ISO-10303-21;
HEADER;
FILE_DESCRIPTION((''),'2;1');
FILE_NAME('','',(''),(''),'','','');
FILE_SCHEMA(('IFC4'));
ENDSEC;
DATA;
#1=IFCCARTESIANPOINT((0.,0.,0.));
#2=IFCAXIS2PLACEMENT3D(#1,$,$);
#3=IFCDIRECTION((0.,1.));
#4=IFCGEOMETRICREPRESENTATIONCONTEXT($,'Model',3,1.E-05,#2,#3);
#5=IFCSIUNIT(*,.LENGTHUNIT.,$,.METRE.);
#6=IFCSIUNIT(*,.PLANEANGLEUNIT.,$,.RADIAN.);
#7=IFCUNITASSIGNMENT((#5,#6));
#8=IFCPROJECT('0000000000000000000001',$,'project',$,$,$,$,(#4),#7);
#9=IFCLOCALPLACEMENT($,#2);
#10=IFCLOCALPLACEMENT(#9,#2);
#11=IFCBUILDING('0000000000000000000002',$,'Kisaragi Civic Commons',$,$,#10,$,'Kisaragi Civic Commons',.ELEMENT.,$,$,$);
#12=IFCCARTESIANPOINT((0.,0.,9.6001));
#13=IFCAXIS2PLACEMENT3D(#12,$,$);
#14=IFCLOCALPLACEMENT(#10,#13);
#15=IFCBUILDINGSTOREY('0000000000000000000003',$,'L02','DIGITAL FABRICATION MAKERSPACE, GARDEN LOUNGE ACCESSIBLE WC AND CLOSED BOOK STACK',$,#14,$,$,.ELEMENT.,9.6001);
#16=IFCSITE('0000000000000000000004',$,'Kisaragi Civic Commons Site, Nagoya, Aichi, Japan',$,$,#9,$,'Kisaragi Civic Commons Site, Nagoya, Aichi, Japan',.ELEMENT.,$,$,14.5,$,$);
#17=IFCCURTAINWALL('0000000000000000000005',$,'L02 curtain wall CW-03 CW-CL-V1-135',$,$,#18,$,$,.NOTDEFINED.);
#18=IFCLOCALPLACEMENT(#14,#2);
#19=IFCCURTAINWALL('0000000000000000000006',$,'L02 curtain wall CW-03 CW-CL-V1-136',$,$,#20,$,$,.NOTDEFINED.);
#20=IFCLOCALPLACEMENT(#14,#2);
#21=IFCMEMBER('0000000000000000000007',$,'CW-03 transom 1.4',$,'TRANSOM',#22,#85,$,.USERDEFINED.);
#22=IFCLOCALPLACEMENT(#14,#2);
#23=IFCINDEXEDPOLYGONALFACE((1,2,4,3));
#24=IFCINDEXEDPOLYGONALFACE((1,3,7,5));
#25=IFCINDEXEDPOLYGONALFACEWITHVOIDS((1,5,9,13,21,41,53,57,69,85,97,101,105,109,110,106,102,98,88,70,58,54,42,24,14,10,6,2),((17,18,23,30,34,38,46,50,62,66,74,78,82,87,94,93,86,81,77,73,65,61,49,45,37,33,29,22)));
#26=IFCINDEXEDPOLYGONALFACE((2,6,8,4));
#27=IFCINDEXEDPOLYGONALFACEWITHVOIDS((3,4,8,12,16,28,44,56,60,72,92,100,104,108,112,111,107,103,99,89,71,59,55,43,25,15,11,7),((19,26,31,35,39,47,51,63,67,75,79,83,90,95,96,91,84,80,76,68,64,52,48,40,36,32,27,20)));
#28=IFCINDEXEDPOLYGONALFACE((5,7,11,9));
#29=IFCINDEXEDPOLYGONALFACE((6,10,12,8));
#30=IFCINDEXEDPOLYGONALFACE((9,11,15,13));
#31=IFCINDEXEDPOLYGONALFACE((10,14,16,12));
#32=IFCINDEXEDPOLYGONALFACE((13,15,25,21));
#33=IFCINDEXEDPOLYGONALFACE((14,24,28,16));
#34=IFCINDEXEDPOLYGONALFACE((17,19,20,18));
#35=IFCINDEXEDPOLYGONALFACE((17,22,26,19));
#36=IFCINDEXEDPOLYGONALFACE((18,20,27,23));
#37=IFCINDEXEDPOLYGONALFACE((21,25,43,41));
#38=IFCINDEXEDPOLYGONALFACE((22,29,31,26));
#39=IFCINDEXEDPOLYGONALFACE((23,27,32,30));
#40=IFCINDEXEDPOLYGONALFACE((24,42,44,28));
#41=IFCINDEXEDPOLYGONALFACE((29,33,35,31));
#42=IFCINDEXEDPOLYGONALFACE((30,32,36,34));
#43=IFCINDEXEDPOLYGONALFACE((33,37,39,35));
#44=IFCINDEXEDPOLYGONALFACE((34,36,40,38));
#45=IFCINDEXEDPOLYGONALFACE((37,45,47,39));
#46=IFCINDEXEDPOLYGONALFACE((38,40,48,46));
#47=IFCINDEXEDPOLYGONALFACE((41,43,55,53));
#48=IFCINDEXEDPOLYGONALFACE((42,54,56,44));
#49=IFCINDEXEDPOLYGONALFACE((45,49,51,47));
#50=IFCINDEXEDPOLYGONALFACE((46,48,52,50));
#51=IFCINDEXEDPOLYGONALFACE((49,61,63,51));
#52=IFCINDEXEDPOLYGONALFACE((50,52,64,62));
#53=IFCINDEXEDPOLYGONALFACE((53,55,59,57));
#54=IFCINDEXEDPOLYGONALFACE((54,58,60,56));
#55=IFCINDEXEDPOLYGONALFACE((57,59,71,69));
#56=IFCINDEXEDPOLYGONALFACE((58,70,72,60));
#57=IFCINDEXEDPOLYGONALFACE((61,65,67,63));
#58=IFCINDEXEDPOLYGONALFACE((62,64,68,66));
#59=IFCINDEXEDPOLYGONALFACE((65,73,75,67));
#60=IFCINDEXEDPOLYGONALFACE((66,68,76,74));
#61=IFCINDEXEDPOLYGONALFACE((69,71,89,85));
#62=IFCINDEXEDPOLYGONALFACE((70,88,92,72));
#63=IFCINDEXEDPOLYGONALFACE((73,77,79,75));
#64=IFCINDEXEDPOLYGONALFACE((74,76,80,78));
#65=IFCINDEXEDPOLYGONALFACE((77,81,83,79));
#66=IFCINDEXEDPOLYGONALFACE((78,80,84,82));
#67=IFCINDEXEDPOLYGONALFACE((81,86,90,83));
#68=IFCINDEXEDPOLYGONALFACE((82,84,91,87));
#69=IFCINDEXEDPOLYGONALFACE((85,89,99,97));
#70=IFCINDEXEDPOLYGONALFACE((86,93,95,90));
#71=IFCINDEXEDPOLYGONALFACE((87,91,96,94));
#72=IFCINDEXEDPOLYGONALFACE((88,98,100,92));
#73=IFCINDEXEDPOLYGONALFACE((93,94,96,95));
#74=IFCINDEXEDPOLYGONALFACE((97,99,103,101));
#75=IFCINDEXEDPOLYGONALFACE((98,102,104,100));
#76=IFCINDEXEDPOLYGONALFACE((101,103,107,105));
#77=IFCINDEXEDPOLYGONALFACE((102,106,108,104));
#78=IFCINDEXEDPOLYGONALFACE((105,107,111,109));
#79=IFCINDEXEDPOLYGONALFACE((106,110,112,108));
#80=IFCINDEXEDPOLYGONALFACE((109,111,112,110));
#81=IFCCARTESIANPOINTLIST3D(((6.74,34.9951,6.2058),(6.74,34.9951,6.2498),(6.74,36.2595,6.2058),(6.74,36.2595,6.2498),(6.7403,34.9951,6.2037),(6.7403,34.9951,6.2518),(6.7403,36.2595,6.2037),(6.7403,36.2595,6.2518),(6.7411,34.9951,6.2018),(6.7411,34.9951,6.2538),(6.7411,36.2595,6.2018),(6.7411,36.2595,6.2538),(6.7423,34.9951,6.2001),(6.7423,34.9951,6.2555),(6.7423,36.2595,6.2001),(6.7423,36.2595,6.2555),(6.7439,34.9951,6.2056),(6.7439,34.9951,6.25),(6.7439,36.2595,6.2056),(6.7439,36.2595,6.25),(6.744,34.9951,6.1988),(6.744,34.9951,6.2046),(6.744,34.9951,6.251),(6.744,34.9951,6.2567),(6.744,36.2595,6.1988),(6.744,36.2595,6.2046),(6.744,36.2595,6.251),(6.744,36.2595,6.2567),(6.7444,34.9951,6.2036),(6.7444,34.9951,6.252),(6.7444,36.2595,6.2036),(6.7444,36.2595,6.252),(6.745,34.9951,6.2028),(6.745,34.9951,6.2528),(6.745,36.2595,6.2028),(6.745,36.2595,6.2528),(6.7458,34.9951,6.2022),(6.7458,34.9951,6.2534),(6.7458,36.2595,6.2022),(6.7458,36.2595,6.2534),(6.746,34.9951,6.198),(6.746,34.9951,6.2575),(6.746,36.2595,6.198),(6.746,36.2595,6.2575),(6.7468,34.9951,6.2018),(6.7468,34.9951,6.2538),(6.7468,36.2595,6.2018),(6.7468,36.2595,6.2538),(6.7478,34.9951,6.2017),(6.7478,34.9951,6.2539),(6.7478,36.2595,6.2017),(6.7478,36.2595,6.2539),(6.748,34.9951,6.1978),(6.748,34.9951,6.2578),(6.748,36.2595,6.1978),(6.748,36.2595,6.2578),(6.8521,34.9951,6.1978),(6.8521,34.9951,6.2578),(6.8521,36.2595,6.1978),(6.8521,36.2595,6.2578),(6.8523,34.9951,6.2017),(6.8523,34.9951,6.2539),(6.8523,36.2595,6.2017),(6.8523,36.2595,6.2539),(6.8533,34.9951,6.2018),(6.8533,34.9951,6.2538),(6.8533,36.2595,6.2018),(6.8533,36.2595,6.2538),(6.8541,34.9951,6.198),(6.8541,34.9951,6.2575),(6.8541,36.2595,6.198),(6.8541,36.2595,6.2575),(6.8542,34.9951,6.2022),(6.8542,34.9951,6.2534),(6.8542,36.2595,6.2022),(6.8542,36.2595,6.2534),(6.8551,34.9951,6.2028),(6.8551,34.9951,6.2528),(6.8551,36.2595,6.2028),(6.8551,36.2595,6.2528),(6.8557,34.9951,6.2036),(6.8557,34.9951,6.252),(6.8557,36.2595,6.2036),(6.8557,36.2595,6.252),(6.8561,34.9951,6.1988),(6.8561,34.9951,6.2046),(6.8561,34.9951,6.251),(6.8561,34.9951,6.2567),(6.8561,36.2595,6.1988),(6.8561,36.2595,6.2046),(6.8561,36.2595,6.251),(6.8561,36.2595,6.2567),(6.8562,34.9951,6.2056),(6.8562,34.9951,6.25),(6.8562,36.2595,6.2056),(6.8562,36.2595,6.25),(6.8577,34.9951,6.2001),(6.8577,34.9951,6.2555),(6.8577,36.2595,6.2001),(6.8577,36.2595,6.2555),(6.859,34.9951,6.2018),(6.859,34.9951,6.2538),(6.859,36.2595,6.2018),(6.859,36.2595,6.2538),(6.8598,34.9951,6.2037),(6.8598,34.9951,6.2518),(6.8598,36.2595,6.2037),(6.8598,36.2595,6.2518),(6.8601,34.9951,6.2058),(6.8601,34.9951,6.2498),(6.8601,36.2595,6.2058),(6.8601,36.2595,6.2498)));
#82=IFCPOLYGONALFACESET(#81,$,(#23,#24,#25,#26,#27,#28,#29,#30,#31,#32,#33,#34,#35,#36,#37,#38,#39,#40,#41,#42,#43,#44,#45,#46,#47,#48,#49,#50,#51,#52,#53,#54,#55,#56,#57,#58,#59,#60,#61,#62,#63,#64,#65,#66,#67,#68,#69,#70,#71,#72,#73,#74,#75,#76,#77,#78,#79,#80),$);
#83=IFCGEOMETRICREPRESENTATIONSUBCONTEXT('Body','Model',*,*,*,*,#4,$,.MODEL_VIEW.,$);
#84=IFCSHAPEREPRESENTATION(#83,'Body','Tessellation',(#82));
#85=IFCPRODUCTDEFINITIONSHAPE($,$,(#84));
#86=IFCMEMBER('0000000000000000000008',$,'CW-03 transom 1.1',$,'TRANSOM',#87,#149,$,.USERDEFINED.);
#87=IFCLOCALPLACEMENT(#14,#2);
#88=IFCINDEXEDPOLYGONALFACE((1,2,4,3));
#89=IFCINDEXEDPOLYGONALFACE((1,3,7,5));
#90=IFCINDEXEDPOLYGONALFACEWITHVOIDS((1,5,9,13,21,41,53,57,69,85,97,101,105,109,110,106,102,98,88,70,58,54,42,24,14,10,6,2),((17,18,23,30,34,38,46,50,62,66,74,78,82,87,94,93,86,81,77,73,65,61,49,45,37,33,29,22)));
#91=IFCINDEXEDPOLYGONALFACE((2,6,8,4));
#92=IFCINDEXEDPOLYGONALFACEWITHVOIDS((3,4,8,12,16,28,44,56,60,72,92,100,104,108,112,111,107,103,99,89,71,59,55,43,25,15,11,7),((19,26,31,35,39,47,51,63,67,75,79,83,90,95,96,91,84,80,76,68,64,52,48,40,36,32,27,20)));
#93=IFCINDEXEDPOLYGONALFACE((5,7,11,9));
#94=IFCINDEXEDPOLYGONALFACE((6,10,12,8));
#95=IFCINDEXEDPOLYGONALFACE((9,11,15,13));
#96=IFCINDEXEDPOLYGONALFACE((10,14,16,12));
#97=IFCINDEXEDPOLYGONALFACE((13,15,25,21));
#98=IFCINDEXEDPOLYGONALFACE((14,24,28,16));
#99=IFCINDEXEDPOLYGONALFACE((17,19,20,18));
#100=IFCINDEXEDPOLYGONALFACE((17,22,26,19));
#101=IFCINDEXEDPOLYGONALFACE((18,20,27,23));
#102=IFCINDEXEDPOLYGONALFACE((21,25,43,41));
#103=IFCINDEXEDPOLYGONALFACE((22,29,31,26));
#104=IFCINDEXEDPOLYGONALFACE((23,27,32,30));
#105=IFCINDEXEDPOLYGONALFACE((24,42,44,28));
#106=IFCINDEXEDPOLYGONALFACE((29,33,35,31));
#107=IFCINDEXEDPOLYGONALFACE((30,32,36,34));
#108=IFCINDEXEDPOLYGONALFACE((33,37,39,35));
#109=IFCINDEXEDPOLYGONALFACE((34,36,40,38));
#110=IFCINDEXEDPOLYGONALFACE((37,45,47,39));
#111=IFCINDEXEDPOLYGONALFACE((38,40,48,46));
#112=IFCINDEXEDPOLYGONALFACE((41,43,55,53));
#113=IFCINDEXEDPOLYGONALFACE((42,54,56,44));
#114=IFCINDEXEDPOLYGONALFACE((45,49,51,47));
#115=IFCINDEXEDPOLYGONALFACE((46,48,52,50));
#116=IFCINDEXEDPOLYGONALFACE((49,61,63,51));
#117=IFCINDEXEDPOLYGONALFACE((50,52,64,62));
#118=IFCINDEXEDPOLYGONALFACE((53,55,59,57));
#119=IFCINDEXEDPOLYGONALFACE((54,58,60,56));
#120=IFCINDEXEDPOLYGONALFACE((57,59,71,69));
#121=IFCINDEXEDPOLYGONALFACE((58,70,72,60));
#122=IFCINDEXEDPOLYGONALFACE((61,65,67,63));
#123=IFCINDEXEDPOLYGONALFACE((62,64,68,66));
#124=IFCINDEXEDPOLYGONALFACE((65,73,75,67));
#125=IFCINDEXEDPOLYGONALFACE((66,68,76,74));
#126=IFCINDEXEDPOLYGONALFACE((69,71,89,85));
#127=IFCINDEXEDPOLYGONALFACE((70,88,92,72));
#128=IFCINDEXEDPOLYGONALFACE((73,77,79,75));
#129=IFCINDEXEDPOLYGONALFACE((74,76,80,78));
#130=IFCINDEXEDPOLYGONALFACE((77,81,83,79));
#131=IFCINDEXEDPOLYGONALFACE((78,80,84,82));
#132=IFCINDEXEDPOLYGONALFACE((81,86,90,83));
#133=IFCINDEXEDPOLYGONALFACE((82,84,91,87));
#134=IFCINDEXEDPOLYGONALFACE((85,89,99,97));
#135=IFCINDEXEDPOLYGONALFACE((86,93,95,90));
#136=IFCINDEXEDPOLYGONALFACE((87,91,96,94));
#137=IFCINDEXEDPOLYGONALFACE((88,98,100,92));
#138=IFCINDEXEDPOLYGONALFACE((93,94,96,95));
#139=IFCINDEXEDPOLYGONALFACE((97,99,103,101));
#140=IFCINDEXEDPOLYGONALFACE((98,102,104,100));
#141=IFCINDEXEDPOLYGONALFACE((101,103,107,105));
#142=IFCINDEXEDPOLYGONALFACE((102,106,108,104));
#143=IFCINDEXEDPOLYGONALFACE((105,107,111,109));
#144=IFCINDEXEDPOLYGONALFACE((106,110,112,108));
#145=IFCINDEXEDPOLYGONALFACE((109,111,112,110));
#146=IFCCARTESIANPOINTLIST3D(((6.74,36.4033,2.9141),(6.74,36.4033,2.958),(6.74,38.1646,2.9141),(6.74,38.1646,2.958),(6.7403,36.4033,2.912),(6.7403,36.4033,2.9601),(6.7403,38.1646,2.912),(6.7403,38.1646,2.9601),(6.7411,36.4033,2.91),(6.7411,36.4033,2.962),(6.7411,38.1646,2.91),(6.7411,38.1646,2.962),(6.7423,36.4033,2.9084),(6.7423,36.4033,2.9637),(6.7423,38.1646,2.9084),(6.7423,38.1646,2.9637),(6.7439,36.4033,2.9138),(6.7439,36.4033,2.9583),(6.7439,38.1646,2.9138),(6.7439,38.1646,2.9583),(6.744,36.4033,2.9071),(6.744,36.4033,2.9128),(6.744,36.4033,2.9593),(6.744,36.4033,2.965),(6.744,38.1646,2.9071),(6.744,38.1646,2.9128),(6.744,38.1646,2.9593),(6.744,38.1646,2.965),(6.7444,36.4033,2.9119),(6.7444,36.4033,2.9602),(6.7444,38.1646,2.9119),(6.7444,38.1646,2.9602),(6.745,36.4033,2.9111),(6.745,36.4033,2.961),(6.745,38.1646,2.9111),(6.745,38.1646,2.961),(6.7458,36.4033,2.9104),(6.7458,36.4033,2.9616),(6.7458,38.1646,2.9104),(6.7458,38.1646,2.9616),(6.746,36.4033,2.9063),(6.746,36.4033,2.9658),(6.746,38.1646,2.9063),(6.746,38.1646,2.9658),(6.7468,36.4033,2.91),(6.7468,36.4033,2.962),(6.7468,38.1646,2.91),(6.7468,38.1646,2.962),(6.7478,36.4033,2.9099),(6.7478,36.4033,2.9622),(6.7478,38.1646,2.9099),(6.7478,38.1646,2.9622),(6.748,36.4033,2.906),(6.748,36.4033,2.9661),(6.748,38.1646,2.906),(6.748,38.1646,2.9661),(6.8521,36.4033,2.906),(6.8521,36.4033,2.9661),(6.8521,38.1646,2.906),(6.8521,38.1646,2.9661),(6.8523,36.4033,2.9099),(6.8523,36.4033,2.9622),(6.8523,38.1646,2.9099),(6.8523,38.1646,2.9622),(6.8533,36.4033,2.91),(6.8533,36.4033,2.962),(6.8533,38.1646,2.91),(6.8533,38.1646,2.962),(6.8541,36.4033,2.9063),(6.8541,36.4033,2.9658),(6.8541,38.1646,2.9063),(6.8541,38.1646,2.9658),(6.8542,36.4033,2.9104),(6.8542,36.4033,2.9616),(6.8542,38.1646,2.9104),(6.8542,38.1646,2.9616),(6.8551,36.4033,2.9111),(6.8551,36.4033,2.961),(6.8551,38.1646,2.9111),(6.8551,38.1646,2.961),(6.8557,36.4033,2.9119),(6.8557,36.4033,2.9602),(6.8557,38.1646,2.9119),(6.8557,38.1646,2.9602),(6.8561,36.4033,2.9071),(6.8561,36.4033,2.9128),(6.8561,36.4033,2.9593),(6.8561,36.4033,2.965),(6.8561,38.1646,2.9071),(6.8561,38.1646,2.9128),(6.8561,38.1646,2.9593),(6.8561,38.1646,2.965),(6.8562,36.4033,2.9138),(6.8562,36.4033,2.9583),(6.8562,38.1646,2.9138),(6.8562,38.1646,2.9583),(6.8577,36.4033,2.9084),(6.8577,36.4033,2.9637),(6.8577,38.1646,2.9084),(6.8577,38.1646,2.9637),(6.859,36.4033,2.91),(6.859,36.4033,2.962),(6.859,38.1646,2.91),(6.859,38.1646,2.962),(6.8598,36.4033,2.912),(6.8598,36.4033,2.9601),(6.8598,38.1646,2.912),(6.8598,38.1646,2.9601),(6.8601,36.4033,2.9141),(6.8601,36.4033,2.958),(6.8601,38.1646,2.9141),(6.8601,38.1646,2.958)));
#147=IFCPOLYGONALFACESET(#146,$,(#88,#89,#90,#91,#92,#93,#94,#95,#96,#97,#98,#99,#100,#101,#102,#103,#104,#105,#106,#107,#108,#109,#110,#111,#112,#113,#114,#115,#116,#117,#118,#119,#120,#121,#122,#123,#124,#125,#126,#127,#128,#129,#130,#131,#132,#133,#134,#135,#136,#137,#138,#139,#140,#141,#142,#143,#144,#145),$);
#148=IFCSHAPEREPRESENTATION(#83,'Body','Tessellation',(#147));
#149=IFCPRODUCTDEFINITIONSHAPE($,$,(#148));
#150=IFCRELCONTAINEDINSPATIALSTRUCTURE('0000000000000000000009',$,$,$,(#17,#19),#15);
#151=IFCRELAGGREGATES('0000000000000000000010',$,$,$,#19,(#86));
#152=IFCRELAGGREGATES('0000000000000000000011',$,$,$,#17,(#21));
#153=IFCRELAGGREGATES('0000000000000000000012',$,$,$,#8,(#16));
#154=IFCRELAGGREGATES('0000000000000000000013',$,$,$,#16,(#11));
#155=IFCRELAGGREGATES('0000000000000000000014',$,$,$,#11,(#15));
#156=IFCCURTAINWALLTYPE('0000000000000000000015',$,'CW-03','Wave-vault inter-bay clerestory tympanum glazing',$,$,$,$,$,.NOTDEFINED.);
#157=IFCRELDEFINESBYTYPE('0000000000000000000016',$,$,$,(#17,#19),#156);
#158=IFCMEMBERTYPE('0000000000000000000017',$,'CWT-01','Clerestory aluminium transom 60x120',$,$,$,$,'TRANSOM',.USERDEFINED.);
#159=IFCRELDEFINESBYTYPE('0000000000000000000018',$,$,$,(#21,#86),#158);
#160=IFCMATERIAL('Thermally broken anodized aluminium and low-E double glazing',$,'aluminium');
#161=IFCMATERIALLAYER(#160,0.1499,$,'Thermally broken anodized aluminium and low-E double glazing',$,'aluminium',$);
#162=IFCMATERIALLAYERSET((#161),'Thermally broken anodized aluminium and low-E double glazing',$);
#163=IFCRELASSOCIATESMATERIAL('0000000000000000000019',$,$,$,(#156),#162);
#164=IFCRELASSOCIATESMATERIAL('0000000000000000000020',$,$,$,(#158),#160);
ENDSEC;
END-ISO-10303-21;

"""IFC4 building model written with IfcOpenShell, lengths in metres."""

from ifc_helpers import new_model, si_unit, direction, frame, origin, origin_2d, place, context, subcontext, project, spatial, hollow_rectangle, extrude, material, layer, layer_set, material_profile, profile_set, type_object, element, aggregate, save


model = new_model("IFC4")

# Units and contexts
model_context = context("Model", 3, precision=1e-05, world=origin(), true_north=direction((0.0, 1.0)))
body_context = subcontext(model_context, "Body", "Model", "MODEL_VIEW")
ifc_project = project(units=[si_unit("LENGTHUNIT", "METRE"), si_unit("PLANEANGLEUNIT", "RADIAN")], contexts=[model_context])

# Site, building, storey
site_placement = place(None, origin())
site = spatial("IfcSite", under=ifc_project, at=site_placement, Name="Kisaragi Civic Commons Site, Nagoya, Aichi, Japan", LongName="Kisaragi Civic Commons Site, Nagoya, Aichi, Japan", CompositionType="ELEMENT", RefElevation=14.5)
building_placement = place(site_placement, origin())
building = spatial("IfcBuilding", under=site, at=building_placement, Name="Kisaragi Civic Commons", LongName="Kisaragi Civic Commons", CompositionType="ELEMENT")
storey_placement = place(building_placement, frame((0.0, 0.0, 9.6001)))
storey = spatial("IfcBuildingStorey", under=building, at=storey_placement, Name="L02", Description="DIGITAL FABRICATION MAKERSPACE, GARDEN LOUNGE ACCESSIBLE WC AND CLOSED BOOK STACK", CompositionType="ELEMENT", Elevation=9.6001)

# Shared definitions
ifc_material_1 = material(Name="Thermally broken anodized aluminium and low-E double glazing", Category="aluminium")
ifc_layer_1 = layer(ifc_material_1, 0.1499, Name="Thermally broken anodized aluminium and low-E double glazing", Category="aluminium")
ifc_layer_set_1 = layer_set([ifc_layer_1], Name="Thermally broken anodized aluminium and low-E double glazing")
curtain_wall_type = type_object("IfcCurtainWallType", Name="CW-03", Description="Wave-vault inter-bay clerestory tympanum glazing", PredefinedType="NOTDEFINED", material=ifc_layer_set_1)

# Curtain wall
curtain_wall_1_placement = place(storey_placement, origin())
curtain_wall_1 = element("IfcCurtainWall", 1, at=curtain_wall_1_placement, inside=storey, type_object=curtain_wall_type, Name="L02 curtain wall CW-03 CW-CL-V1-135", PredefinedType="NOTDEFINED")

# Curtain wall
curtain_wall_2_placement = place(storey_placement, origin())
curtain_wall_2 = element("IfcCurtainWall", 2, at=curtain_wall_2_placement, inside=storey, type_object=curtain_wall_type, Name="L02 curtain wall CW-03 CW-CL-V1-136", PredefinedType="NOTDEFINED")

# Members
ifc_material_profile_1 = material_profile(ifc_material_1, hollow_rectangle(XDim=0.1201, YDim=0.0601, WallThickness=0.0039, InnerFilletRadius=0.0039, OuterFilletRadius=0.0081, at=origin_2d()), Name="CWT-60x120x4", Category="aluminium")
ifc_profile_set_1 = profile_set([ifc_material_profile_1], Name="Thermally broken anodized aluminium and low-E double glazing")
member_type_1 = type_object("IfcMemberType", Name="CWT-01", Description="Clerestory aluminium transom 60x120", ElementType="TRANSOM", PredefinedType="USERDEFINED", material=ifc_profile_set_1)
member_1_placement = place(storey_placement, frame((6.8, 34.9951, 6.2278), z_axis=(0.0, 1.0, 0.0), x_axis=(-1.0, 0.0, 0.0)))
member_1 = element("IfcMember", 3, at=member_1_placement, type_object=member_type_1, Name="CW-03 transom 1.4", ObjectType="TRANSOM", PredefinedType="USERDEFINED", context=body_context, shape_type="SweptSolid", body=[
    extrude(hollow_rectangle(XDim=0.1201, YDim=0.0601, WallThickness=0.0039, InnerFilletRadius=0.0039, OuterFilletRadius=0.0081, at=origin_2d()), origin(), (0.0, 0.0, 1.0), 1.2644),
])
member_2_placement = place(storey_placement, frame((6.8, 36.4033, 2.936), z_axis=(0.0, 1.0, 0.0), x_axis=(-1.0, 0.0, 0.0)))
member_2 = element("IfcMember", 4, at=member_2_placement, type_object=member_type_1, Name="CW-03 transom 1.1", ObjectType="TRANSOM", PredefinedType="USERDEFINED", context=body_context, shape_type="SweptSolid", body=[
    extrude(hollow_rectangle(XDim=0.1201, YDim=0.0601, WallThickness=0.0039, InnerFilletRadius=0.0039, OuterFilletRadius=0.0081, at=origin_2d()), origin(), (0.0, 0.0, 1.0), 1.7612),
])
aggregate(curtain_wall_2, [member_2])

aggregate(curtain_wall_1, [member_1])

save(model, "model.ifc")
